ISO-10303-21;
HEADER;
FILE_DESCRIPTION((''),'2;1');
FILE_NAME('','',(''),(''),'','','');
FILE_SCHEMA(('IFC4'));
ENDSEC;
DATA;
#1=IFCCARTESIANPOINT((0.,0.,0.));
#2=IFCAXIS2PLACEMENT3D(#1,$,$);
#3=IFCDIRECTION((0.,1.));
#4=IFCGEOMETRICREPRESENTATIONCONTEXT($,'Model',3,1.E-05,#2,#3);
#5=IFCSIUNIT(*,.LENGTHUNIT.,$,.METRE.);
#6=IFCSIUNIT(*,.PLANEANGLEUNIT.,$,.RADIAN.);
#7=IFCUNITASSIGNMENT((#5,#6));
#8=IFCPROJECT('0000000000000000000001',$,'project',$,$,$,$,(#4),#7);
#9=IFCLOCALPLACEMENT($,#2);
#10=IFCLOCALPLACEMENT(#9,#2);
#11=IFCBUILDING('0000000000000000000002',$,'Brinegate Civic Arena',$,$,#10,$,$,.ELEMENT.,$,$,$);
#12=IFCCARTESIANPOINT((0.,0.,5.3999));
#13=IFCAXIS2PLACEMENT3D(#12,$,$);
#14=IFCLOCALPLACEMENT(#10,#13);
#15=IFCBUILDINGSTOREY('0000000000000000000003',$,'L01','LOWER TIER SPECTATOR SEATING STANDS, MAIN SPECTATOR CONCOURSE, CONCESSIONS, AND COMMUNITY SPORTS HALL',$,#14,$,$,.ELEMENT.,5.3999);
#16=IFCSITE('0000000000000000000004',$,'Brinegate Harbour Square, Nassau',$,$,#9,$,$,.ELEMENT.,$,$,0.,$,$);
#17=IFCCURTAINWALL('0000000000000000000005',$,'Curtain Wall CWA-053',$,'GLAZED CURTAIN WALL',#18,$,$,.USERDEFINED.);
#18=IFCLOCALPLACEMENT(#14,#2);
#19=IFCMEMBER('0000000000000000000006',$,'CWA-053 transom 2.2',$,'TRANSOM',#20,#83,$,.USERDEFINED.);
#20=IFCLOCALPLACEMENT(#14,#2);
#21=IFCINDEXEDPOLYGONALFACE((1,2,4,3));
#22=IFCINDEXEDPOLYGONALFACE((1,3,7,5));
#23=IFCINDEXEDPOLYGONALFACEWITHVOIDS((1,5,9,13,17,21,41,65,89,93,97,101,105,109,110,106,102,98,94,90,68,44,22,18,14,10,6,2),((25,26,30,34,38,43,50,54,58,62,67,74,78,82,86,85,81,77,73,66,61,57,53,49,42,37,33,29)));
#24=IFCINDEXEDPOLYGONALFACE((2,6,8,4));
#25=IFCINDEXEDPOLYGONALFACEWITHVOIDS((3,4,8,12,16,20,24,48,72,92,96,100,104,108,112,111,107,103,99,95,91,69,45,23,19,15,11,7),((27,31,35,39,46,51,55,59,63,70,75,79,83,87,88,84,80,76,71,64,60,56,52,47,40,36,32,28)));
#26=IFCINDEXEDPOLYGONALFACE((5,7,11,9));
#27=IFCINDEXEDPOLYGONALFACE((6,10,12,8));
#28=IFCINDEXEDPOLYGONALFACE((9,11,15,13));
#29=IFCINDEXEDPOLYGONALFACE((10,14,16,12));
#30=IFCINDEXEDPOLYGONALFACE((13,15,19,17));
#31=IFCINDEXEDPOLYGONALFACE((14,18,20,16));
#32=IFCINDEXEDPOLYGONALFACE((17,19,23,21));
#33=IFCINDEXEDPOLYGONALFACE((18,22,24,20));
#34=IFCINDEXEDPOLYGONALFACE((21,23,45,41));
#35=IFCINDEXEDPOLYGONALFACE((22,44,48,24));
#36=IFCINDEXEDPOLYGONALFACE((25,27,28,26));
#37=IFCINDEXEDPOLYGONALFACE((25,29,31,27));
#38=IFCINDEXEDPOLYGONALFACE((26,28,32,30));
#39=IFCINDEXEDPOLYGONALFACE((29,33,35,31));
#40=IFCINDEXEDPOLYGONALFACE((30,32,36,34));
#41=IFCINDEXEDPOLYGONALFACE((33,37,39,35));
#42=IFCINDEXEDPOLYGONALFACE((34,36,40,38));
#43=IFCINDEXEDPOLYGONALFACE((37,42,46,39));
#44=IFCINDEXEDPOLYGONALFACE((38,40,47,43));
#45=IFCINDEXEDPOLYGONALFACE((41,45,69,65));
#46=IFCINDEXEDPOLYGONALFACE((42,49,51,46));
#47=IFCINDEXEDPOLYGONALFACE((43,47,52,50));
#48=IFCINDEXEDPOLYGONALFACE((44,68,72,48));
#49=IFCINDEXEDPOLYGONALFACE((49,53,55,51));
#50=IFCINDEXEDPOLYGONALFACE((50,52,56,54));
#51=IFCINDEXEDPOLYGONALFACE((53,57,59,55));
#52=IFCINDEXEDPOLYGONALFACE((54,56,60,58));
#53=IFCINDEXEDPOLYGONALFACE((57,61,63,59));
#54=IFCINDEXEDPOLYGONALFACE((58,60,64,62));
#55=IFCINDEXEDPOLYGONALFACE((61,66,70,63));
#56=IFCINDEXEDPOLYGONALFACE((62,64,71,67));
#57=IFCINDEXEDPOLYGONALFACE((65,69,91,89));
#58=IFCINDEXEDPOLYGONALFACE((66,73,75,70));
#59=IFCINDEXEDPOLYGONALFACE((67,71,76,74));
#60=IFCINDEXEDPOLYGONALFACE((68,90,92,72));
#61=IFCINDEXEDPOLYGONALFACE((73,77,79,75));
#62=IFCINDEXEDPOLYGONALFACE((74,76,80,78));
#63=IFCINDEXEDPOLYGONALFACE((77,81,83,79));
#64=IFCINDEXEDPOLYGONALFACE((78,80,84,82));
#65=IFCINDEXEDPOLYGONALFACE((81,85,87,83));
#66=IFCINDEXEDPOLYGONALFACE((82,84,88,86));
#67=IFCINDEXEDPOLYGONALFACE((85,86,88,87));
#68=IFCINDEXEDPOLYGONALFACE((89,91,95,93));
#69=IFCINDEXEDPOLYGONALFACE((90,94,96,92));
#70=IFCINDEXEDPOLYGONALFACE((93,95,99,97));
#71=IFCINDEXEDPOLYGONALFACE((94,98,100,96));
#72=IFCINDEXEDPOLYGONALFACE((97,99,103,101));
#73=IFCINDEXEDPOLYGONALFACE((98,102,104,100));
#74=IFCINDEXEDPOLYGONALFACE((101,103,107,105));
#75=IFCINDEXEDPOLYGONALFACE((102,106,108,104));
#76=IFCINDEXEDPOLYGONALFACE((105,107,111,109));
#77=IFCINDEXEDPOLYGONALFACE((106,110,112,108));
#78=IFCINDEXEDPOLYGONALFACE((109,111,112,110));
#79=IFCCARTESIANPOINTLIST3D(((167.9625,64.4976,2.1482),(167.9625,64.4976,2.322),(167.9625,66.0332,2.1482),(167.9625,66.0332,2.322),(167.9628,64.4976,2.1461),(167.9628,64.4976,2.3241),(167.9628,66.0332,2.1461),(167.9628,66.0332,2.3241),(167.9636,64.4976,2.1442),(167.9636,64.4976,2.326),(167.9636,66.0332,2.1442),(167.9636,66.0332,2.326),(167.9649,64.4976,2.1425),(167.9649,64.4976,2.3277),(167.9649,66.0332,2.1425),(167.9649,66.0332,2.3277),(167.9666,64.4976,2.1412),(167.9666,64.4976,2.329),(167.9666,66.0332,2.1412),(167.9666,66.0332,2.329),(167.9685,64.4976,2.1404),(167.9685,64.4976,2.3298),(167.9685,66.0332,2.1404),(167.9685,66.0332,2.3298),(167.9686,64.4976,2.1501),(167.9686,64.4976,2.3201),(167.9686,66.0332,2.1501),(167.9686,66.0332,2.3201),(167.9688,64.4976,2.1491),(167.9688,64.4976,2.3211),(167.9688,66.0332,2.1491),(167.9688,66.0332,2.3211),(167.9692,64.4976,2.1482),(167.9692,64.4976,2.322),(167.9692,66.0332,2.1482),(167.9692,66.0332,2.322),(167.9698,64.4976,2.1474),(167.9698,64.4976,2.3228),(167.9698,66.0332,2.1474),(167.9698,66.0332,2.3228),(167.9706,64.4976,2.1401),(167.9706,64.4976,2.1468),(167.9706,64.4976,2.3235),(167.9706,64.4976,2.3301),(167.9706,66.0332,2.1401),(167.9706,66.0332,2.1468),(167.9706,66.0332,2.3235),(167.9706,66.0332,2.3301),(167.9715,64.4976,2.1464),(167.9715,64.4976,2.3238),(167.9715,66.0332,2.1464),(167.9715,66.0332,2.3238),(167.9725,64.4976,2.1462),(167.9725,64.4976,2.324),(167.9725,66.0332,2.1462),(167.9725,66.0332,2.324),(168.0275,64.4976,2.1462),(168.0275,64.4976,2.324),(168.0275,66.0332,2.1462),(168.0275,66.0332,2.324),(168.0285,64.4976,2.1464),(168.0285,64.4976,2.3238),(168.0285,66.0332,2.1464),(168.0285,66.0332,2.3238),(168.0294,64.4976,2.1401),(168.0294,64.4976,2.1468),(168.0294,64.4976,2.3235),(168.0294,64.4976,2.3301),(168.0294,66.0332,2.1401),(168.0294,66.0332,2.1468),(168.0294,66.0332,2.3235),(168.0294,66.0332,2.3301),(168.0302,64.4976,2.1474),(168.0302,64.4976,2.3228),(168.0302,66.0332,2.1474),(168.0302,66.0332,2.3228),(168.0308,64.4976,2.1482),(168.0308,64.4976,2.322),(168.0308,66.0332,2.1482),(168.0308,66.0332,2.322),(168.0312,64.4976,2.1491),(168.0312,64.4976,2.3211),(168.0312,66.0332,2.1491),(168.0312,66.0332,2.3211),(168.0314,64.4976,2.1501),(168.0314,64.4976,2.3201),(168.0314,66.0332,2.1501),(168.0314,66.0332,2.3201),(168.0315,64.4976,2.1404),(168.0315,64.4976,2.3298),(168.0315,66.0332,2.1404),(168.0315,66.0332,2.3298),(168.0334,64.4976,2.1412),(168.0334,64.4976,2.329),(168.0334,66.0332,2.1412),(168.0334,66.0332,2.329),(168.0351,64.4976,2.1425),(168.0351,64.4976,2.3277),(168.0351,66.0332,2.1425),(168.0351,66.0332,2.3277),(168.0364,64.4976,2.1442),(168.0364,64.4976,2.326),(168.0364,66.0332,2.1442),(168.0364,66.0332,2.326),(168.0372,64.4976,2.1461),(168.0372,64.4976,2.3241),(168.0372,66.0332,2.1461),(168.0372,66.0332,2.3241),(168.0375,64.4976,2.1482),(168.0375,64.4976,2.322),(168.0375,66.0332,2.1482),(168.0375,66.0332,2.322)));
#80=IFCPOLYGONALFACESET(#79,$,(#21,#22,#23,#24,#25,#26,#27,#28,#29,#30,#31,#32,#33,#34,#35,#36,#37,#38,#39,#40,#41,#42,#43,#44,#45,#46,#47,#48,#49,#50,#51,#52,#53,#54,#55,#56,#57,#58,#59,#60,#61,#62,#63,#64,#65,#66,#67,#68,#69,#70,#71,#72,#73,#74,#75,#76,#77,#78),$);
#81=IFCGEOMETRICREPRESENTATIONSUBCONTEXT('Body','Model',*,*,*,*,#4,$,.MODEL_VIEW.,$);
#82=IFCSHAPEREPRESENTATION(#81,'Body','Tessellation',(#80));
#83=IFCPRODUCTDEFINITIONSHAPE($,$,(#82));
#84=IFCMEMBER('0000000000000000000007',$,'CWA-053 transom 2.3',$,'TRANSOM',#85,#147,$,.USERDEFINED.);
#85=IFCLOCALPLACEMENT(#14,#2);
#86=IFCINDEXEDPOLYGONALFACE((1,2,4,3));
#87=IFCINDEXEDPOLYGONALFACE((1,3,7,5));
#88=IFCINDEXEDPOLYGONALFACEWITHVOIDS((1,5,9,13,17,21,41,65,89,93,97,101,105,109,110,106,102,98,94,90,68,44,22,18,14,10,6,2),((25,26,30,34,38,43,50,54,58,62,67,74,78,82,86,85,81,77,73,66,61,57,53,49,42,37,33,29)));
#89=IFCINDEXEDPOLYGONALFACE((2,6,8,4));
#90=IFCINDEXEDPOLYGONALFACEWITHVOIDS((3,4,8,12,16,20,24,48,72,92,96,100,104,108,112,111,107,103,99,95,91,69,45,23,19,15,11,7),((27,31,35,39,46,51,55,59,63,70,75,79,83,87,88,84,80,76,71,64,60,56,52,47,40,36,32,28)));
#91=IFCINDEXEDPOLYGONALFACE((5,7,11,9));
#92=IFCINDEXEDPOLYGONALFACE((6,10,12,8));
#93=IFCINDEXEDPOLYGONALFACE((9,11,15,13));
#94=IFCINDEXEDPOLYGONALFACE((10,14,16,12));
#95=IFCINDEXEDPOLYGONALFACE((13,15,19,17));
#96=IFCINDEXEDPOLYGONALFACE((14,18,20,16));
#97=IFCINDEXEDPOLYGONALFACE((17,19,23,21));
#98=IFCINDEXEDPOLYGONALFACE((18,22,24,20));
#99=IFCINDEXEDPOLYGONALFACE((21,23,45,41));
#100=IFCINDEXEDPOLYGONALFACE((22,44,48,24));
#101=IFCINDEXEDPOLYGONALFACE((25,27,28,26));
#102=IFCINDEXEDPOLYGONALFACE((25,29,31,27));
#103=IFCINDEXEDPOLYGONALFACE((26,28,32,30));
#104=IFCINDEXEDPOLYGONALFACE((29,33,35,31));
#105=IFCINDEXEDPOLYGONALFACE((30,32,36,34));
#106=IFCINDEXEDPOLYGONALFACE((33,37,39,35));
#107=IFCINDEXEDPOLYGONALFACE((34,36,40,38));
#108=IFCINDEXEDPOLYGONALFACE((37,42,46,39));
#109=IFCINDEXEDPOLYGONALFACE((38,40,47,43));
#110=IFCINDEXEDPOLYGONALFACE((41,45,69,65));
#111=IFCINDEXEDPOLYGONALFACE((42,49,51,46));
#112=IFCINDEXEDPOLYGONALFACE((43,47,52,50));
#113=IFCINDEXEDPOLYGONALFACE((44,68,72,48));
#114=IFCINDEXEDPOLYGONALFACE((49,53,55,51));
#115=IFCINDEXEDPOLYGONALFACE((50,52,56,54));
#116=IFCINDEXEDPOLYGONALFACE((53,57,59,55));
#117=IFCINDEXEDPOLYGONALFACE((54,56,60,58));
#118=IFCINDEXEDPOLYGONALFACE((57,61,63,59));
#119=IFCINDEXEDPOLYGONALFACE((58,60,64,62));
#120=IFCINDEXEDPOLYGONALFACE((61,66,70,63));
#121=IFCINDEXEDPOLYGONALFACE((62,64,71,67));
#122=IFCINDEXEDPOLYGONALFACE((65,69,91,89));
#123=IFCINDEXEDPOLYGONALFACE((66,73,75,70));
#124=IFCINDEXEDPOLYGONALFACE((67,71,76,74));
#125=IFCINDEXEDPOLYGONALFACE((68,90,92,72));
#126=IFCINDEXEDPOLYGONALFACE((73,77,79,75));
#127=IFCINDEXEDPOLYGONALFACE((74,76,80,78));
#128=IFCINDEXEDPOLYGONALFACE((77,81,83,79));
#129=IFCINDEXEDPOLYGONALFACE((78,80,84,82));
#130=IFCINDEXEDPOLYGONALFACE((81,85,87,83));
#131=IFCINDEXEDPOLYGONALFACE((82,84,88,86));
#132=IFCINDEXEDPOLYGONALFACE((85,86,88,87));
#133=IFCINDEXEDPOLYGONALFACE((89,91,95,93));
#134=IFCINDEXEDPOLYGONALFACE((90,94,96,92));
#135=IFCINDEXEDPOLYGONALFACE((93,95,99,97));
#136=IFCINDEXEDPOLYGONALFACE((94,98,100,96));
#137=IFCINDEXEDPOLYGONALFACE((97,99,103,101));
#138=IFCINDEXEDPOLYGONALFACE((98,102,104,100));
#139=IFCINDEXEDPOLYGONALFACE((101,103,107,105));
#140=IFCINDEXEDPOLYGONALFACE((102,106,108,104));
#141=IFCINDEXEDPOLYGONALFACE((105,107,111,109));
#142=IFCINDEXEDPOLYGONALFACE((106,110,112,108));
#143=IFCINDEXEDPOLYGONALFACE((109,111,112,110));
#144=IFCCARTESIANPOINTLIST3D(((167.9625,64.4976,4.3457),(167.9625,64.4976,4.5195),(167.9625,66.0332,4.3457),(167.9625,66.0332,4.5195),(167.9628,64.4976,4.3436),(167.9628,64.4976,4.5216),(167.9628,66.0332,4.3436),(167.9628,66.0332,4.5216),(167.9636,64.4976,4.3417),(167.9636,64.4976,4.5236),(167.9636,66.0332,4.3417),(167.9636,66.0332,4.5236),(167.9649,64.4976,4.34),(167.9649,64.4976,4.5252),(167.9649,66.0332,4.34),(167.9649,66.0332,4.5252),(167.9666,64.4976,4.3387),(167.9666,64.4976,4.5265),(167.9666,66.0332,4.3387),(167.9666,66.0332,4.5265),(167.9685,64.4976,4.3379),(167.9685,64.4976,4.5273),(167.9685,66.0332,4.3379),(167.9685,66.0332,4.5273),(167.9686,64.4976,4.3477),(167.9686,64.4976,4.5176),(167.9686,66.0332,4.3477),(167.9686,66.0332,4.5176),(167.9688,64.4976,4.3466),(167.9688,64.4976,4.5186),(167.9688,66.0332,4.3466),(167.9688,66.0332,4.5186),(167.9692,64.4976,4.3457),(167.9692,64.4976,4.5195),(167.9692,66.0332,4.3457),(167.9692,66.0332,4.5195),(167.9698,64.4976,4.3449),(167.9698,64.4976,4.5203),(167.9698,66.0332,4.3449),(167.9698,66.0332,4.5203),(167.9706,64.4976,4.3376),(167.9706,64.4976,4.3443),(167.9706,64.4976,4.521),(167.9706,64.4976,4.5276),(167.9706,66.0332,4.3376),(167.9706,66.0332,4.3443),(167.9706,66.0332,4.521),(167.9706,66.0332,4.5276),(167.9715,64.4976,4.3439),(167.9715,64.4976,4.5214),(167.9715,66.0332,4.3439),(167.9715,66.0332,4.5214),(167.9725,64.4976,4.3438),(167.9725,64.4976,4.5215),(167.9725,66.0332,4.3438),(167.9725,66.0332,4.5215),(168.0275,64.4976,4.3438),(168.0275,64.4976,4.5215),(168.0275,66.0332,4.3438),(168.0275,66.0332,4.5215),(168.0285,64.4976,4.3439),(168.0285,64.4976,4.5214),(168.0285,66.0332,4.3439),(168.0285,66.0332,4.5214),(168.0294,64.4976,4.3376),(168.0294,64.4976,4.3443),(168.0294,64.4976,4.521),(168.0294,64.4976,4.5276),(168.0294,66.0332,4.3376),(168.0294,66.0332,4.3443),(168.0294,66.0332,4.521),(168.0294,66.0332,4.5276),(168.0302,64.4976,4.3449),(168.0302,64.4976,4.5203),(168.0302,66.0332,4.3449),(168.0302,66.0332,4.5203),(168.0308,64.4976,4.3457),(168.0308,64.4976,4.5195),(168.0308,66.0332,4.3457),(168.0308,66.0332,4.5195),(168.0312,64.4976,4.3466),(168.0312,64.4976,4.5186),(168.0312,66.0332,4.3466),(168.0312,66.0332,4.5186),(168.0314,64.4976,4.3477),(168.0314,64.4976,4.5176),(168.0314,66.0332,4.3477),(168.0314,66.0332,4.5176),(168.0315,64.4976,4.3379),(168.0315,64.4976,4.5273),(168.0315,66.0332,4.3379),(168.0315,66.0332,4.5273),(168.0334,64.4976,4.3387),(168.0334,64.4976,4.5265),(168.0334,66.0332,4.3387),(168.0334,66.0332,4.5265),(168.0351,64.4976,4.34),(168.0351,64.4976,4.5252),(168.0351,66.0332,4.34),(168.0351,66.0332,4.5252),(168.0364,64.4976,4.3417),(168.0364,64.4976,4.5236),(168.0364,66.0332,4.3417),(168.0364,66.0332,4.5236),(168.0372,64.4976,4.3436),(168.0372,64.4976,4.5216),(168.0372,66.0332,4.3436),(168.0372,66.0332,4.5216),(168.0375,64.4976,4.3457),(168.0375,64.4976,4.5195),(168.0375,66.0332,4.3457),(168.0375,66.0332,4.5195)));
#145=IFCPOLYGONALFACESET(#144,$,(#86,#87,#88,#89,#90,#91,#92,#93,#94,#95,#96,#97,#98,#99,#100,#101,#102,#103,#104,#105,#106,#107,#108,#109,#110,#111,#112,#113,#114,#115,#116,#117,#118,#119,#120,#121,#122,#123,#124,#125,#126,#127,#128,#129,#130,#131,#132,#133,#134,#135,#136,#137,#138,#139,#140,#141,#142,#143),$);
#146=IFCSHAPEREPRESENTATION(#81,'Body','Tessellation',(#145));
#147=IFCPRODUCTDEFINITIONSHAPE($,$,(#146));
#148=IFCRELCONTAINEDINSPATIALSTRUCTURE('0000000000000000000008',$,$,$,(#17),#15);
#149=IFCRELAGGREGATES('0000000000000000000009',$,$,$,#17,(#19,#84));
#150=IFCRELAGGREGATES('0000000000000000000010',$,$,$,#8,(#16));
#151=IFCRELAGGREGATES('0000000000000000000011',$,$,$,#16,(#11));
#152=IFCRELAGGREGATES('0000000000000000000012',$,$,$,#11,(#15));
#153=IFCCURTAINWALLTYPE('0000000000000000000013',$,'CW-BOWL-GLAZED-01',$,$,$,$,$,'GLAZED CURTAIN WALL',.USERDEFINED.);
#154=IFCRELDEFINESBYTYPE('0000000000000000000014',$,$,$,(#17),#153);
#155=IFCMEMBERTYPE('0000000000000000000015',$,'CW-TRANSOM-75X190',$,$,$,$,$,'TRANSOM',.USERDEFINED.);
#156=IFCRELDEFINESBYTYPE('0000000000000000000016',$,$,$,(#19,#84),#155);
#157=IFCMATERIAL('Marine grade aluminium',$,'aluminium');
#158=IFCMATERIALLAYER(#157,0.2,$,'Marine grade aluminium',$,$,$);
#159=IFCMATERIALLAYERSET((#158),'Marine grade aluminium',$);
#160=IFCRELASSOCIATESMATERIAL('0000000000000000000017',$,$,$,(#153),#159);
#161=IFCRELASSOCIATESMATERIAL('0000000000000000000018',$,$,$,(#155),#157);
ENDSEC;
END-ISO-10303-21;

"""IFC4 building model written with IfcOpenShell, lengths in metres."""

from ifc_helpers import new_model, si_unit, direction, frame, origin, origin_2d, place, context, subcontext, project, spatial, hollow_rectangle, extrude, material, layer, layer_set, material_profile, profile_set, type_object, element, aggregate, save


model = new_model("IFC4")

# Units and contexts
model_context = context("Model", 3, precision=1e-05, world=origin(), true_north=direction((0.0, 1.0)))
body_context = subcontext(model_context, "Body", "Model", "MODEL_VIEW")
ifc_project = project(units=[si_unit("LENGTHUNIT", "METRE"), si_unit("PLANEANGLEUNIT", "RADIAN")], contexts=[model_context])

# Site, building, storey
site_placement = place(None, origin())
site = spatial("IfcSite", under=ifc_project, at=site_placement, Name="Brinegate Harbour Square, Nassau", CompositionType="ELEMENT", RefElevation=0.0)
building_placement = place(site_placement, origin())
building = spatial("IfcBuilding", under=site, at=building_placement, Name="Brinegate Civic Arena", CompositionType="ELEMENT")
storey_placement = place(building_placement, frame((0.0, 0.0, 5.3999)))
storey = spatial("IfcBuildingStorey", under=building, at=storey_placement, Name="L01", Description="LOWER TIER SPECTATOR SEATING STANDS, MAIN SPECTATOR CONCOURSE, CONCESSIONS, AND COMMUNITY SPORTS HALL", CompositionType="ELEMENT", Elevation=5.3999)

# Curtain wall
ifc_material_1 = material(Name="Marine grade aluminium", Category="aluminium")
ifc_layer_1 = layer(ifc_material_1, 0.2, Name="Marine grade aluminium")
ifc_layer_set_1 = layer_set([ifc_layer_1], Name="Marine grade aluminium")
curtain_wall_type = type_object("IfcCurtainWallType", Name="CW-BOWL-GLAZED-01", ElementType="GLAZED CURTAIN WALL", PredefinedType="USERDEFINED", material=ifc_layer_set_1)
curtain_wall_1_placement = place(storey_placement, origin())
curtain_wall_1 = element("IfcCurtainWall", 1, at=curtain_wall_1_placement, inside=storey, type_object=curtain_wall_type, Name="Curtain Wall CWA-053", ObjectType="GLAZED CURTAIN WALL", PredefinedType="USERDEFINED")

# Members
ifc_material_profile_1 = material_profile(ifc_material_1, hollow_rectangle(XDim=0.075, YDim=0.1899, WallThickness=0.0061, InnerFilletRadius=0.0039, OuterFilletRadius=0.0081, at=origin_2d()), Name="TRN75X190")
ifc_profile_set_1 = profile_set([ifc_material_profile_1], Name="Marine grade aluminium")
member_type_1 = type_object("IfcMemberType", Name="CW-TRANSOM-75X190", ElementType="TRANSOM", PredefinedType="USERDEFINED", material=ifc_profile_set_1)
member_1_placement = place(storey_placement, frame((168.0, 64.4976, 2.2351), z_axis=(0.0, 1.0, 0.0), x_axis=(-1.0, 0.0, 0.0)))
member_1 = element("IfcMember", 2, at=member_1_placement, type_object=member_type_1, Name="CWA-053 transom 2.2", ObjectType="TRANSOM", PredefinedType="USERDEFINED", context=body_context, shape_type="SweptSolid", body=[
    extrude(hollow_rectangle(XDim=0.075, YDim=0.1899, WallThickness=0.0061, InnerFilletRadius=0.0039, OuterFilletRadius=0.0081, at=origin_2d()), origin(), (0.0, 0.0, 1.0), 1.5356),
])
member_2_placement = place(storey_placement, frame((168.0, 64.4976, 4.4326), z_axis=(0.0, 1.0, 0.0), x_axis=(-1.0, 0.0, 0.0)))
member_2 = element("IfcMember", 3, at=member_2_placement, type_object=member_type_1, Name="CWA-053 transom 2.3", ObjectType="TRANSOM", PredefinedType="USERDEFINED", context=body_context, shape_type="SweptSolid", body=[
    extrude(hollow_rectangle(XDim=0.075, YDim=0.1899, WallThickness=0.0061, InnerFilletRadius=0.0039, OuterFilletRadius=0.0081, at=origin_2d()), origin(), (0.0, 0.0, 1.0), 1.5356),
])

aggregate(curtain_wall_1, [member_1, member_2])

save(model, "model.ifc")
